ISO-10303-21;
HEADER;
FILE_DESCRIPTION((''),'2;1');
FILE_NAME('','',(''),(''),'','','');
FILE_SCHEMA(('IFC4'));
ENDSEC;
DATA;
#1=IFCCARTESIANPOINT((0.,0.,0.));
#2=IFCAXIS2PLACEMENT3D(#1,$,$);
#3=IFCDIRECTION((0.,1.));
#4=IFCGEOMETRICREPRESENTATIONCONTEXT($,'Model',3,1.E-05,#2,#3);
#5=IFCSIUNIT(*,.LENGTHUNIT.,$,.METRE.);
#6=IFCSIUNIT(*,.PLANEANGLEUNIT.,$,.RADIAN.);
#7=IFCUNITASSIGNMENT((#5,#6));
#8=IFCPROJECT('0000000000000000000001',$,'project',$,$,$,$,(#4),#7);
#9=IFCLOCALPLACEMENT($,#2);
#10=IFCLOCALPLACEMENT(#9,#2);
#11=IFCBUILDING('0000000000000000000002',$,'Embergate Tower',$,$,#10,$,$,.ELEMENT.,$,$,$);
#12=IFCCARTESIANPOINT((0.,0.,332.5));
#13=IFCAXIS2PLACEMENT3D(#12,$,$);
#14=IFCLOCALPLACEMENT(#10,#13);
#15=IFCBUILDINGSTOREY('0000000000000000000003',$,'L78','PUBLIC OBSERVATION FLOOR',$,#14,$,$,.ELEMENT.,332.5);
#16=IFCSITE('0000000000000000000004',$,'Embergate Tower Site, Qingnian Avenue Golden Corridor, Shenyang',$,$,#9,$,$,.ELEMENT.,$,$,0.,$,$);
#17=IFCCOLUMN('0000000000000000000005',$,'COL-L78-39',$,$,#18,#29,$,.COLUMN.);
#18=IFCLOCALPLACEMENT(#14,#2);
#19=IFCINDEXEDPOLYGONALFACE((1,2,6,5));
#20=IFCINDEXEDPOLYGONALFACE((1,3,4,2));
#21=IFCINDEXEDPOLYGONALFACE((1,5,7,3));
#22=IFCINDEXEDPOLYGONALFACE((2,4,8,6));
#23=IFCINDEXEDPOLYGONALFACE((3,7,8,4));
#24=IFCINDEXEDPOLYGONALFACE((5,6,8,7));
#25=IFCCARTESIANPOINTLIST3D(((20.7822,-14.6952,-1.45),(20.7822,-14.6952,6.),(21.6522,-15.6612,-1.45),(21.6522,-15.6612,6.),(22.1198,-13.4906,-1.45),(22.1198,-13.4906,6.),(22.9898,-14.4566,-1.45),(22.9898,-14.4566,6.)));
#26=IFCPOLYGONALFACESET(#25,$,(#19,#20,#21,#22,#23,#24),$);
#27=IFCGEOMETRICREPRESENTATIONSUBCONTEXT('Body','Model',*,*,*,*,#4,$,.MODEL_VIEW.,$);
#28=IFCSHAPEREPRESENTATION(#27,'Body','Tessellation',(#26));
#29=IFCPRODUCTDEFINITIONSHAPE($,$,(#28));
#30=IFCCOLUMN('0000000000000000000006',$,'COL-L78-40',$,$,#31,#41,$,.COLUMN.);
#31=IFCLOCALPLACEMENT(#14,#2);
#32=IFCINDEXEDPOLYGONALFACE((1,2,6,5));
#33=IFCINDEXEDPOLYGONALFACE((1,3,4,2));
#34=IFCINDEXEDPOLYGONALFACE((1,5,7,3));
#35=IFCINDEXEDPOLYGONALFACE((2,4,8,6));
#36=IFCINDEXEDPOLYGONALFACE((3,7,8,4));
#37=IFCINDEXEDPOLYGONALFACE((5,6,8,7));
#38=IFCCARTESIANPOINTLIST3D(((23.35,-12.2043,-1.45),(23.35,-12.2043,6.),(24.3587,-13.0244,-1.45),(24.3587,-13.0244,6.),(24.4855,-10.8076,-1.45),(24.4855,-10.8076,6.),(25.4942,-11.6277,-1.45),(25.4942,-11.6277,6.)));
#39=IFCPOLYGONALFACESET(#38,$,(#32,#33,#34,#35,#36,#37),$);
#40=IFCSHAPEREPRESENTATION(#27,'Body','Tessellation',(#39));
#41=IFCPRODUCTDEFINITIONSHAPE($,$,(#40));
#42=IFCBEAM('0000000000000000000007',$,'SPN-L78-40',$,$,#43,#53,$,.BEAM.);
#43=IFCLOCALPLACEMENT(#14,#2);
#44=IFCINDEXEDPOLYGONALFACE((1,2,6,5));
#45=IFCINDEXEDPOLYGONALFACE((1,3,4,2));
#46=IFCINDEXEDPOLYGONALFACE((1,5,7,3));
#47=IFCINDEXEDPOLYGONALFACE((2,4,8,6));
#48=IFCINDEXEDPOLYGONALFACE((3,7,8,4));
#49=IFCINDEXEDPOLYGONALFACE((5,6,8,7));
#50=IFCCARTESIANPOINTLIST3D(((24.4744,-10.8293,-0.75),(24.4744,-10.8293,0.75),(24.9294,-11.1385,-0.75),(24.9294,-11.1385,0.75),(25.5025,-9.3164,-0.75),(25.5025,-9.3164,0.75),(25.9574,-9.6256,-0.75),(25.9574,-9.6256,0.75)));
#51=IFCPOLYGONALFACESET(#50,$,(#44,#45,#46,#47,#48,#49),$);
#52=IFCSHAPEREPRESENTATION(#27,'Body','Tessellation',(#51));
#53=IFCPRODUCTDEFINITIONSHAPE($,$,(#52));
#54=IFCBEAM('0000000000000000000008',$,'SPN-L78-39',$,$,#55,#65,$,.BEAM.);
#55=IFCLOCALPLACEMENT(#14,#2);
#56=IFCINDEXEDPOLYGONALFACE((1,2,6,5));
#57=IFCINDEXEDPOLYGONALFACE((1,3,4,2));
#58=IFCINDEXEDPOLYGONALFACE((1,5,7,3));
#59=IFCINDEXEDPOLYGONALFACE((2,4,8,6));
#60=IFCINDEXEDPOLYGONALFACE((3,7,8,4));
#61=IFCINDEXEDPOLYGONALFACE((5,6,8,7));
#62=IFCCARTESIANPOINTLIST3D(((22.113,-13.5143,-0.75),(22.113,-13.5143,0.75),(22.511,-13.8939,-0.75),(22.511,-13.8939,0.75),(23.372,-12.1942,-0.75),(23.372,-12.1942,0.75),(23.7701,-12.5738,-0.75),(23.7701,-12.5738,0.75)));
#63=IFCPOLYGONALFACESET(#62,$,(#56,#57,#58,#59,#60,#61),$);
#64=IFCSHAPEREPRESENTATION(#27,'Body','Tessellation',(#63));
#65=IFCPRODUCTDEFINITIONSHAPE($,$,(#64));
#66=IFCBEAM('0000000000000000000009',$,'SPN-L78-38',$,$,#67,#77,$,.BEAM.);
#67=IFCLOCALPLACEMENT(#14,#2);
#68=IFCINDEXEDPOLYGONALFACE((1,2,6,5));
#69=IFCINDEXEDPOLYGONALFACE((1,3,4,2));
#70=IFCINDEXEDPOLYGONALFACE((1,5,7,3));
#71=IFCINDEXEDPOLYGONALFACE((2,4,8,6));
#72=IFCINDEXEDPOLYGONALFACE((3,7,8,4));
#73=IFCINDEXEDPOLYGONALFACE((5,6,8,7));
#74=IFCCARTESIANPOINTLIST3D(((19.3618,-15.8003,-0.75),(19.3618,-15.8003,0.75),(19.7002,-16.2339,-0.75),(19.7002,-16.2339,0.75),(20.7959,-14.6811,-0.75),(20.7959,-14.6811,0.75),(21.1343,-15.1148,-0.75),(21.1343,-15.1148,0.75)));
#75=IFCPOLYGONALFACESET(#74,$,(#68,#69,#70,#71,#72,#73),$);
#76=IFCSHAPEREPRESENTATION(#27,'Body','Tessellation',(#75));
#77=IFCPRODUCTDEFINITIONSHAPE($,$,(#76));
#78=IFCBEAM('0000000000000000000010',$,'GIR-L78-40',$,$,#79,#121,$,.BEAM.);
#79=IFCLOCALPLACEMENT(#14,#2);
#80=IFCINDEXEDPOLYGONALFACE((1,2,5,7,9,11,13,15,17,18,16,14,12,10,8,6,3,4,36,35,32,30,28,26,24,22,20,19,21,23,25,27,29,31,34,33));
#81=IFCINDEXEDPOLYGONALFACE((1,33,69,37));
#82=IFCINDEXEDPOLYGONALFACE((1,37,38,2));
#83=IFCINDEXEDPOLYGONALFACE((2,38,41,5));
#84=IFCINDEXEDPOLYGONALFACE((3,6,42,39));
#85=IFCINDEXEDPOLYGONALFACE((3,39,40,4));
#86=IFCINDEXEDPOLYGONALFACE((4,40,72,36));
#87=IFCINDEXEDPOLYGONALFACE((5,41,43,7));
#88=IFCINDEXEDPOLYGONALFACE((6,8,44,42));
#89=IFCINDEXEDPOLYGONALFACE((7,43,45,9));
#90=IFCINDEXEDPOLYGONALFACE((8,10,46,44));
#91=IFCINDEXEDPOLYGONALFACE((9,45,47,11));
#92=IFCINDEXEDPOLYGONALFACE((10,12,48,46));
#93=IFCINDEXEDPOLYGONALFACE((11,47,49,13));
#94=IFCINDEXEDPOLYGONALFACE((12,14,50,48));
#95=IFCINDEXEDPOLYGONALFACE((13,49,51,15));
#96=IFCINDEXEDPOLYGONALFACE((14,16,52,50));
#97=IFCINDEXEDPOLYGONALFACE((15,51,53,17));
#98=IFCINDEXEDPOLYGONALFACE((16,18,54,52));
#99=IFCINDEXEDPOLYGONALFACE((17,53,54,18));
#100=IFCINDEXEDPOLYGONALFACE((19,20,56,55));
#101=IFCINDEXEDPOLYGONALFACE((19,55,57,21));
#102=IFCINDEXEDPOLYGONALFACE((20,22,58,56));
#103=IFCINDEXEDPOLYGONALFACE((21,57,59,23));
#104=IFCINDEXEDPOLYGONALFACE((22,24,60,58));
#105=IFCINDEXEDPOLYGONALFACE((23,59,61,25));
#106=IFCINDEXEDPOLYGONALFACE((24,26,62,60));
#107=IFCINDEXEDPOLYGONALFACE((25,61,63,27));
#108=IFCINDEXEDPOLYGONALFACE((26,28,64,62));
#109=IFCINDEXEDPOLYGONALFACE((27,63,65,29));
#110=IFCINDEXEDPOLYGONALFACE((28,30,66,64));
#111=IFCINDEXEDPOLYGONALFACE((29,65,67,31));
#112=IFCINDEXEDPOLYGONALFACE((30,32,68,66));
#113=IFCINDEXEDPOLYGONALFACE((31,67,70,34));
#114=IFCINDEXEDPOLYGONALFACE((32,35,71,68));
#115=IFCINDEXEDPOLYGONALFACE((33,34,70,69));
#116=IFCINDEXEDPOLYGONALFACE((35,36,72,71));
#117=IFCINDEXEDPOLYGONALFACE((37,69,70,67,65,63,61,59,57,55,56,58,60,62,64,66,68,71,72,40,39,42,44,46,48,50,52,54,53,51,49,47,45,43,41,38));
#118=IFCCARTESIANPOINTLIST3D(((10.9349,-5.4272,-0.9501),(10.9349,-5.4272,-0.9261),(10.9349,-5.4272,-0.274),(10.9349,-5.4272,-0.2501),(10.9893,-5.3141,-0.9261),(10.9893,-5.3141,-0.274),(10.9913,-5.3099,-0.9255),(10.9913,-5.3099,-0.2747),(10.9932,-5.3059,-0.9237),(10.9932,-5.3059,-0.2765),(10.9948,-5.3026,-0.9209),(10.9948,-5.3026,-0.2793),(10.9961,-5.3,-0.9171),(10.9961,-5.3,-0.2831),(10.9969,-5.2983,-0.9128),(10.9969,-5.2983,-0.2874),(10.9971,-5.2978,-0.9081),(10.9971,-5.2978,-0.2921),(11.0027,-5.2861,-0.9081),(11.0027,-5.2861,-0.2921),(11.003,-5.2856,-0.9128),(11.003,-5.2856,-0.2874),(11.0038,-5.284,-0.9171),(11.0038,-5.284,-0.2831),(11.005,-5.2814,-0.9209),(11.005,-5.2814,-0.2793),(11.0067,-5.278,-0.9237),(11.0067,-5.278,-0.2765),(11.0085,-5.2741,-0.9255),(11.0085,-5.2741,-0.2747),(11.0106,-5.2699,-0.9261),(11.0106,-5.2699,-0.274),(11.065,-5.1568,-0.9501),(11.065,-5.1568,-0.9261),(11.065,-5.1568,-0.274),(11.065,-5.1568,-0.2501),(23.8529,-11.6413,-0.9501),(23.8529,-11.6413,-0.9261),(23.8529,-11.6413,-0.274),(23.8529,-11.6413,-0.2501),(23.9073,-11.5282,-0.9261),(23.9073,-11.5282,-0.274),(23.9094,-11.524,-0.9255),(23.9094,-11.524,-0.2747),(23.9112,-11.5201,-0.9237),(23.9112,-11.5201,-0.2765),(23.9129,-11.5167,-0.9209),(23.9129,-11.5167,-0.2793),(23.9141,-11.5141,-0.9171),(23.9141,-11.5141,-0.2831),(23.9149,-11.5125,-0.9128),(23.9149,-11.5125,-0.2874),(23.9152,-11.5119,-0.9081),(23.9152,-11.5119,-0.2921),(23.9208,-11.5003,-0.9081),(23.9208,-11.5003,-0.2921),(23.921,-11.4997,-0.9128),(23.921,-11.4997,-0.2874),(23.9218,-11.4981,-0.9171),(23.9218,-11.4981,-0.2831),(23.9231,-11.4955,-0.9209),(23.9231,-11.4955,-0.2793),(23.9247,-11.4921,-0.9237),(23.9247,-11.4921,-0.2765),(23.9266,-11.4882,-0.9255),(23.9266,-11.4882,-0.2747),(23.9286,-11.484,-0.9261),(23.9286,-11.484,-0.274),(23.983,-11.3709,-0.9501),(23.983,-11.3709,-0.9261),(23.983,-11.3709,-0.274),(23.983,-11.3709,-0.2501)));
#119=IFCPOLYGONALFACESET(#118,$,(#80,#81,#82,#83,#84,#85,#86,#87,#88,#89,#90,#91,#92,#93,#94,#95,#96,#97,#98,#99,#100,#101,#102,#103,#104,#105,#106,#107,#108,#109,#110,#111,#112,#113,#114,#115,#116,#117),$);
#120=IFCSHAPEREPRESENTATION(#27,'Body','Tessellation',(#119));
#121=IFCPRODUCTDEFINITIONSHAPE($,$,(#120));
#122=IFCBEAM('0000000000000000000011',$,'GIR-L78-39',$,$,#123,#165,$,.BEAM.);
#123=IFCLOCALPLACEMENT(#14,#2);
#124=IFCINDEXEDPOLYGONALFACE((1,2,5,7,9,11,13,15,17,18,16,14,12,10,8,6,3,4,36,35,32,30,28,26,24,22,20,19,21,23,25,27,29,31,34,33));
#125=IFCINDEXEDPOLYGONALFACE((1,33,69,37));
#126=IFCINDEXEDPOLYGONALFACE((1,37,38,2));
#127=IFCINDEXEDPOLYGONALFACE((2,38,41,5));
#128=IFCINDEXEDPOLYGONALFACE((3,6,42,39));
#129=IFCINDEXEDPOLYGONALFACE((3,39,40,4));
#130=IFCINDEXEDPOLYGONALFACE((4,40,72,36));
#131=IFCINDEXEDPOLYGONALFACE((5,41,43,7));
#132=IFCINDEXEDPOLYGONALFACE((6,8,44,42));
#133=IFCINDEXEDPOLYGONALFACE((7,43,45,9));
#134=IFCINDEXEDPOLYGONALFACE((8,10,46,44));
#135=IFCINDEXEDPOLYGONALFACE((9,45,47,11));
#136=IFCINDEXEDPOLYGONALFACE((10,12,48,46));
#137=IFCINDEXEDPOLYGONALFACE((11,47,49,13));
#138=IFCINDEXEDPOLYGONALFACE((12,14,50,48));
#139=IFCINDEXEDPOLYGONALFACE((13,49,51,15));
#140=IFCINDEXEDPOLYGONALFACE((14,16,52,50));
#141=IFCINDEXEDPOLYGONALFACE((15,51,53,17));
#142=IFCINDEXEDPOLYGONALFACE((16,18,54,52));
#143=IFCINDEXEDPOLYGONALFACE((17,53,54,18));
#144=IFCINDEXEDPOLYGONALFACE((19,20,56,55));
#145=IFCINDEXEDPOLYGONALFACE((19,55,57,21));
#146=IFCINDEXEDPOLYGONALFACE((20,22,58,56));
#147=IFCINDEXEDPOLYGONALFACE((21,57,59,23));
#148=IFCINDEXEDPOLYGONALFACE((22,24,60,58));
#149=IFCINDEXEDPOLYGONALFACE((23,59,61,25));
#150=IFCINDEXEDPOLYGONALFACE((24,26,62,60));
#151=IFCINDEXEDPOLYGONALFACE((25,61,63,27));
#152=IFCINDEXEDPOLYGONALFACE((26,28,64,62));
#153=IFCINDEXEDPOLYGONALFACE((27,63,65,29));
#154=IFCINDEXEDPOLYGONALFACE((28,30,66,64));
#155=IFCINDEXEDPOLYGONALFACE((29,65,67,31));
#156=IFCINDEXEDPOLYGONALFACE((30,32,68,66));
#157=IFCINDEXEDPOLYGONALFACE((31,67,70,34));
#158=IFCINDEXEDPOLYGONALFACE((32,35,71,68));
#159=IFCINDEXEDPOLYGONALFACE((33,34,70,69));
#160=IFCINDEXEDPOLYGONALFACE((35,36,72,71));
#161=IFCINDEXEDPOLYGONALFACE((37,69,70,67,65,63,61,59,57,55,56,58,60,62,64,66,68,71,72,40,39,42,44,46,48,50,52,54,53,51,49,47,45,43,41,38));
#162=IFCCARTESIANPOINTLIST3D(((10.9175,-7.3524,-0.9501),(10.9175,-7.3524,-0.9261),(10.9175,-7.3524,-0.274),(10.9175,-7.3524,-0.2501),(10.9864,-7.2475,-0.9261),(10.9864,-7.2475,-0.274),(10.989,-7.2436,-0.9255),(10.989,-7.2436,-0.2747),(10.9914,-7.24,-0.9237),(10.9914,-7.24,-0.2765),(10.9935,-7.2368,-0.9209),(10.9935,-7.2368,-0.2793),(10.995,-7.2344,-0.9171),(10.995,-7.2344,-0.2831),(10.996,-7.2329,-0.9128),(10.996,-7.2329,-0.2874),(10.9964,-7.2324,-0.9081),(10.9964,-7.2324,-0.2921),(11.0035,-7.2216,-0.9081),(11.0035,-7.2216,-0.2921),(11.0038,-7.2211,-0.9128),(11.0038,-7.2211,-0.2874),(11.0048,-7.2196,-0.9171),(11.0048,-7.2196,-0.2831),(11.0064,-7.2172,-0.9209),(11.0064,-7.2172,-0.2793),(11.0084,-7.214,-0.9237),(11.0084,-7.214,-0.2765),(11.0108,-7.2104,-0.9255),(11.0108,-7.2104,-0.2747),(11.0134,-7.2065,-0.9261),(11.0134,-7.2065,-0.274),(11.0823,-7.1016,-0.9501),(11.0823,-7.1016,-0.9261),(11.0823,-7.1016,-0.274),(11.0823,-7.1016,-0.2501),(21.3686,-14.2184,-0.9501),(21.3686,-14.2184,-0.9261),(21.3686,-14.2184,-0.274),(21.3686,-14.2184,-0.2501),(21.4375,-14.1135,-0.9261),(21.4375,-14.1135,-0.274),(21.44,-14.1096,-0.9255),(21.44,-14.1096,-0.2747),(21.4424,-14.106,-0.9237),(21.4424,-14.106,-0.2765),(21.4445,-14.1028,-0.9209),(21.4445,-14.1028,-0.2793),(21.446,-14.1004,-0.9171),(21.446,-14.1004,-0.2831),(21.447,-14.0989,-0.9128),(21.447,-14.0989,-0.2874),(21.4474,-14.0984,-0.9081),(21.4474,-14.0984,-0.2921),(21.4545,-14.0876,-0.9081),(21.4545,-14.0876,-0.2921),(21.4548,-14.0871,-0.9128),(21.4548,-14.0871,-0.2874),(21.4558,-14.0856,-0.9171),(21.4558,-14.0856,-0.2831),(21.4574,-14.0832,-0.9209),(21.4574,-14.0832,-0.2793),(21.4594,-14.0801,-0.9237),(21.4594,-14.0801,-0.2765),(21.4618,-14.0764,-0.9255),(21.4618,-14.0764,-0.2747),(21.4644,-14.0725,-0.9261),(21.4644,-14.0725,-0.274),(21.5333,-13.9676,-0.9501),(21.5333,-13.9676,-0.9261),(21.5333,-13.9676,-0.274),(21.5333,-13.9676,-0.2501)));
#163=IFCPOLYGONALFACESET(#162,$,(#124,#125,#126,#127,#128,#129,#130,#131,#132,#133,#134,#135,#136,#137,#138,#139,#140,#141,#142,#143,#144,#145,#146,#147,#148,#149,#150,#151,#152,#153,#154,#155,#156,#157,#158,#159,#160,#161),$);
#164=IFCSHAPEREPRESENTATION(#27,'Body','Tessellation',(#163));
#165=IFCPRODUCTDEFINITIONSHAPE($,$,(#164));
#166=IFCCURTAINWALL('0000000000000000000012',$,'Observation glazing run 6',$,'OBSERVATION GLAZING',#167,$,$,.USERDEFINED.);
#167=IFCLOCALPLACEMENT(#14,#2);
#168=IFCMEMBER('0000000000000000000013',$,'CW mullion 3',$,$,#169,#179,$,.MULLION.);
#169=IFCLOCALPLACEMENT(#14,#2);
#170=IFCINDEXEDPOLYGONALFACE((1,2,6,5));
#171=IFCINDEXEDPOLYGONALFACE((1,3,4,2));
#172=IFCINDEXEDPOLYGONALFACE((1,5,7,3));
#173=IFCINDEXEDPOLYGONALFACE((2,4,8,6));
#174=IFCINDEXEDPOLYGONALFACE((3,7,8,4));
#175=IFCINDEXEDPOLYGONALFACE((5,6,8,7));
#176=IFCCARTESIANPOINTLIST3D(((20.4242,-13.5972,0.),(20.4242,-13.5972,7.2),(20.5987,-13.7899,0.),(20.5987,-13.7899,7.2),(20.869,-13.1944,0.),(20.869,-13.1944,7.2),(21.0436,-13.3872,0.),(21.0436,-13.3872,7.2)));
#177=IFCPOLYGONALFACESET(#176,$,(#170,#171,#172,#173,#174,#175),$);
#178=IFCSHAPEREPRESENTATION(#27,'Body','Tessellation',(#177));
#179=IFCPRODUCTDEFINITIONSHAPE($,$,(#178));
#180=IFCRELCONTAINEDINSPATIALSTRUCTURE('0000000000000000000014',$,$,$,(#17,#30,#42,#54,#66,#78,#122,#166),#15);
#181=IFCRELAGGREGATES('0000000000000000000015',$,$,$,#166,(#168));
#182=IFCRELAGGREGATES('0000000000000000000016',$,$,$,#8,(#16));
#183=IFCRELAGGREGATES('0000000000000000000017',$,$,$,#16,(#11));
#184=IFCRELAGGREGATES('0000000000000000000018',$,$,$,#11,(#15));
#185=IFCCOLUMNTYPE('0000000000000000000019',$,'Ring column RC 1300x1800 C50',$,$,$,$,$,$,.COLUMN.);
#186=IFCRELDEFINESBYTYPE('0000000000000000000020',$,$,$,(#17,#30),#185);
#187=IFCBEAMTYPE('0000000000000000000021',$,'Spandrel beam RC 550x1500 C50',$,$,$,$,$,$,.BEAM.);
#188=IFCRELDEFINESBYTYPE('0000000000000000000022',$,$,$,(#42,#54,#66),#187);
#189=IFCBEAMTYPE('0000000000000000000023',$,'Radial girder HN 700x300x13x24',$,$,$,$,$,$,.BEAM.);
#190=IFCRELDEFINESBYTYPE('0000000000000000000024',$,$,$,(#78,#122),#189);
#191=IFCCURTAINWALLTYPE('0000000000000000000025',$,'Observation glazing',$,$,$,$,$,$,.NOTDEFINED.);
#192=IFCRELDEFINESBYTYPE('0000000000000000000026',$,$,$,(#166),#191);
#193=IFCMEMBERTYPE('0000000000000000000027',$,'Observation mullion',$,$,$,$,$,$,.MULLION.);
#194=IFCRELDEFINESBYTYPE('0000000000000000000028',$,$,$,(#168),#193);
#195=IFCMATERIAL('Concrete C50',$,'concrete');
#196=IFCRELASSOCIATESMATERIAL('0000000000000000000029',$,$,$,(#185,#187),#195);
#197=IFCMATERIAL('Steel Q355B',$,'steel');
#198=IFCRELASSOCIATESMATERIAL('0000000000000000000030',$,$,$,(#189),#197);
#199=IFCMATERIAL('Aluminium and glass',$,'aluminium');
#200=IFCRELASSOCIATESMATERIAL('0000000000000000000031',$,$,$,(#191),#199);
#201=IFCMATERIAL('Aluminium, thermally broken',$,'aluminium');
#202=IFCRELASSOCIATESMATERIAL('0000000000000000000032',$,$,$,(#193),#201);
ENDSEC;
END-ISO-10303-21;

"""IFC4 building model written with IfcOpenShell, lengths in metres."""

from ifc_helpers import new_model, si_unit, direction, frame, origin, origin_2d, place, context, subcontext, project, spatial, rectangle, i_section, extrude, source, transform, mapped, material, material_profile, profile_set, type_object, element, aggregate, save


model = new_model("IFC4")

# Units and contexts
model_context = context("Model", 3, precision=1e-05, world=origin(), true_north=direction((0.0, 1.0)))
body_context = subcontext(model_context, "Body", "Model", "MODEL_VIEW")
ifc_project = project(units=[si_unit("LENGTHUNIT", "METRE"), si_unit("PLANEANGLEUNIT", "RADIAN")], contexts=[model_context])

# Site, building, storey
site_placement = place(None, origin())
site = spatial("IfcSite", under=ifc_project, at=site_placement, Name="Embergate Tower Site, Qingnian Avenue Golden Corridor, Shenyang", CompositionType="ELEMENT", RefElevation=0.0)
building_placement = place(site_placement, origin())
building = spatial("IfcBuilding", under=site, at=building_placement, Name="Embergate Tower", CompositionType="ELEMENT")
storey_placement = place(building_placement, frame((0.0, 0.0, 332.5)))
storey = spatial("IfcBuildingStorey", under=building, at=storey_placement, Name="L78", Description="PUBLIC OBSERVATION FLOOR", CompositionType="ELEMENT", Elevation=332.5)

# Columns
ifc_material_1 = material(Name="Concrete C50", Category="concrete")
ifc_material_profile_1 = material_profile(ifc_material_1, rectangle(XDim=1.3, YDim=1.8, at=origin_2d()), Name="RC 1300x1800")
ifc_profile_set_1 = profile_set([ifc_material_profile_1], Name="Concrete C50")
column_type = type_object("IfcColumnType", Name="Ring column RC 1300x1800 C50", PredefinedType="COLUMN", material=ifc_profile_set_1)
shared_shape_1 = source(origin(), body_context, "Body", "SweptSolid", [
    extrude(rectangle(XDim=1.3, YDim=1.8, at=origin_2d()), origin(), (0.0, 0.0, 1.0), 7.45),
])
for number, where, z_axis, x_axis, name in (
    (1, (21.886, -14.5759, -1.45), (0.0, 0.0, 1.0), (0.669208, -0.743075, 0.0), "COL-L78-39"),
    (2, (24.4221, -11.916, -1.45), (0.0, 0.0, 1.0), (0.775925, -0.630825, 0.0), "COL-L78-40"),
):
    element("IfcColumn", number, at=place(storey_placement, frame(where, z_axis=z_axis, x_axis=x_axis)), inside=storey, type_object=column_type, Name=name, PredefinedType="COLUMN", context=body_context, shape_type="MappedRepresentation", body=[
        mapped(shared_shape_1, transform((0.0, 0.0, 0.0))),
    ])

# Beams
ifc_material_profile_2 = material_profile(ifc_material_1, rectangle(XDim=0.55, YDim=1.5, at=origin_2d()), Name="RC 550x1500")
ifc_profile_set_2 = profile_set([ifc_material_profile_2], Name="Concrete C50")
beam_type_1 = type_object("IfcBeamType", Name="Spandrel beam RC 550x1500 C50", PredefinedType="BEAM", material=ifc_profile_set_2)
shared_shape_2 = source(origin(), body_context, "Body", "SweptSolid", [
    extrude(rectangle(XDim=0.55, YDim=1.5, at=origin_2d()), origin(), (0.0, 0.0, 1.0), 1.8291),
])
beam_1_placement = place(storey_placement, frame((24.7019, -10.9839, 0.0), z_axis=(0.56204, 0.82711, 0.0), x_axis=(-0.82711, 0.56204, 0.0)))
element("IfcBeam", 3, at=beam_1_placement, inside=storey, type_object=beam_type_1, Name="SPN-L78-40", PredefinedType="BEAM", context=body_context, shape_type="MappedRepresentation", body=[
    mapped(shared_shape_2, transform((0.0, 0.0, 0.0))),
])
shared_shape_3 = source(origin(), body_context, "Body", "SweptSolid", [
    extrude(rectangle(XDim=0.55, YDim=1.5, at=origin_2d()), origin(), (0.0, 0.0, 1.0), 1.8242),
])
beam_2_placement = place(storey_placement, frame((22.312, -13.7041, 0.0), z_axis=(0.69018, 0.723638, 0.0), x_axis=(-0.723638, 0.69018, 0.0)))
element("IfcBeam", 4, at=beam_2_placement, inside=storey, type_object=beam_type_1, Name="SPN-L78-39", PredefinedType="BEAM", context=body_context, shape_type="MappedRepresentation", body=[
    mapped(shared_shape_3, transform((0.0, 0.0, 0.0))),
])
shared_shape_4 = source(origin(), body_context, "Body", "SweptSolid", [
    extrude(rectangle(XDim=0.55, YDim=1.5, at=origin_2d()), origin(), (0.0, 0.0, 1.0), 1.8191),
])
beam_3_placement = place(storey_placement, frame((19.531, -16.0171, 0.0), z_axis=(0.788354, 0.615222, 0.0), x_axis=(-0.615222, 0.788354, 0.0)))
element("IfcBeam", 5, at=beam_3_placement, inside=storey, type_object=beam_type_1, Name="SPN-L78-38", PredefinedType="BEAM", context=body_context, shape_type="MappedRepresentation", body=[
    mapped(shared_shape_4, transform((0.0, 0.0, 0.0))),
])
ifc_material_2 = material(Name="Steel Q355B", Category="steel")
ifc_material_profile_3 = material_profile(ifc_material_2, i_section(OverallWidth=0.3, OverallDepth=0.7, WebThickness=0.0129, FlangeThickness=0.0239, FilletRadius=0.0181, at=origin_2d()), Name="HN 700x300x13x24")
ifc_profile_set_3 = profile_set([ifc_material_profile_3], Name="Steel Q355 grade B")
beam_type_2 = type_object("IfcBeamType", Name="Radial girder HN 700x300x13x24", PredefinedType="BEAM", material=ifc_profile_set_3)
shared_shape_5 = source(origin(), body_context, "Body", "SweptSolid", [
    extrude(i_section(OverallWidth=0.3, OverallDepth=0.7, WebThickness=0.0129, FlangeThickness=0.0239, FilletRadius=0.0181, at=origin_2d()), origin(), (0.0, 0.0, 1.0), 14.335),
])
beam_4_placement = place(storey_placement, frame((23.918, -11.5061, -0.6001), z_axis=(-0.901156, 0.433496, 0.0), x_axis=(-0.433496, -0.901156, 0.0)))
element("IfcBeam", 6, at=beam_4_placement, inside=storey, type_object=beam_type_2, Name="GIR-L78-40", PredefinedType="BEAM", context=body_context, shape_type="MappedRepresentation", body=[
    mapped(shared_shape_5, transform((0.0, 0.0, 0.0))),
])
shared_shape_6 = source(origin(), body_context, "Body", "SweptSolid", [
    extrude(i_section(OverallWidth=0.3, OverallDepth=0.7, WebThickness=0.0129, FlangeThickness=0.0239, FilletRadius=0.0181, at=origin_2d()), origin(), (0.0, 0.0, 1.0), 12.5046),
])
beam_5_placement = place(storey_placement, frame((21.4509, -14.093, -0.6001), z_axis=(-0.835771, 0.549078, 0.0), x_axis=(-0.549078, -0.835771, 0.0)))
element("IfcBeam", 7, at=beam_5_placement, inside=storey, type_object=beam_type_2, Name="GIR-L78-39", PredefinedType="BEAM", context=body_context, shape_type="MappedRepresentation", body=[
    mapped(shared_shape_6, transform((0.0, 0.0, 0.0))),
])

# Curtain wall, member
ifc_material_3 = material(Name="Aluminium and glass", Category="aluminium")
curtain_wall_type = type_object("IfcCurtainWallType", Name="Observation glazing", PredefinedType="NOTDEFINED", material=ifc_material_3)
curtain_wall_placement = place(storey_placement, origin())
curtain_wall = element("IfcCurtainWall", 8, at=curtain_wall_placement, inside=storey, type_object=curtain_wall_type, Name="Observation glazing run 6", ObjectType="OBSERVATION GLAZING", PredefinedType="USERDEFINED")
ifc_material_4 = material(Name="Aluminium, thermally broken", Category="aluminium")
ifc_material_profile_4 = material_profile(ifc_material_4, rectangle(XDim=0.26, YDim=0.6001, at=origin_2d()), Name="AL 600x260")
ifc_profile_set_4 = profile_set([ifc_material_profile_4], Name="Aluminium, thermally broken")
member_type_1 = type_object("IfcMemberType", Name="Observation mullion", PredefinedType="MULLION", material=ifc_profile_set_4)
shared_shape_7 = source(origin(), body_context, "Body", "SweptSolid", [
    extrude(rectangle(XDim=0.26, YDim=0.6001, at=origin_2d()), origin(), (0.0, 0.0, 1.0), 7.2),
])
member_1_placement = place(storey_placement, frame((20.7339, -13.4922, 0.0), z_axis=(0.0, 0.0, 1.0), x_axis=(-0.671201, 0.741276, 0.0)))
member_1 = element("IfcMember", 9, at=member_1_placement, type_object=member_type_1, Name="CW mullion 3", PredefinedType="MULLION", context=body_context, shape_type="MappedRepresentation", body=[
    mapped(shared_shape_7, transform((0.0, 0.0, 0.0))),
])
aggregate(curtain_wall, [member_1])

save(model, "model.ifc")
